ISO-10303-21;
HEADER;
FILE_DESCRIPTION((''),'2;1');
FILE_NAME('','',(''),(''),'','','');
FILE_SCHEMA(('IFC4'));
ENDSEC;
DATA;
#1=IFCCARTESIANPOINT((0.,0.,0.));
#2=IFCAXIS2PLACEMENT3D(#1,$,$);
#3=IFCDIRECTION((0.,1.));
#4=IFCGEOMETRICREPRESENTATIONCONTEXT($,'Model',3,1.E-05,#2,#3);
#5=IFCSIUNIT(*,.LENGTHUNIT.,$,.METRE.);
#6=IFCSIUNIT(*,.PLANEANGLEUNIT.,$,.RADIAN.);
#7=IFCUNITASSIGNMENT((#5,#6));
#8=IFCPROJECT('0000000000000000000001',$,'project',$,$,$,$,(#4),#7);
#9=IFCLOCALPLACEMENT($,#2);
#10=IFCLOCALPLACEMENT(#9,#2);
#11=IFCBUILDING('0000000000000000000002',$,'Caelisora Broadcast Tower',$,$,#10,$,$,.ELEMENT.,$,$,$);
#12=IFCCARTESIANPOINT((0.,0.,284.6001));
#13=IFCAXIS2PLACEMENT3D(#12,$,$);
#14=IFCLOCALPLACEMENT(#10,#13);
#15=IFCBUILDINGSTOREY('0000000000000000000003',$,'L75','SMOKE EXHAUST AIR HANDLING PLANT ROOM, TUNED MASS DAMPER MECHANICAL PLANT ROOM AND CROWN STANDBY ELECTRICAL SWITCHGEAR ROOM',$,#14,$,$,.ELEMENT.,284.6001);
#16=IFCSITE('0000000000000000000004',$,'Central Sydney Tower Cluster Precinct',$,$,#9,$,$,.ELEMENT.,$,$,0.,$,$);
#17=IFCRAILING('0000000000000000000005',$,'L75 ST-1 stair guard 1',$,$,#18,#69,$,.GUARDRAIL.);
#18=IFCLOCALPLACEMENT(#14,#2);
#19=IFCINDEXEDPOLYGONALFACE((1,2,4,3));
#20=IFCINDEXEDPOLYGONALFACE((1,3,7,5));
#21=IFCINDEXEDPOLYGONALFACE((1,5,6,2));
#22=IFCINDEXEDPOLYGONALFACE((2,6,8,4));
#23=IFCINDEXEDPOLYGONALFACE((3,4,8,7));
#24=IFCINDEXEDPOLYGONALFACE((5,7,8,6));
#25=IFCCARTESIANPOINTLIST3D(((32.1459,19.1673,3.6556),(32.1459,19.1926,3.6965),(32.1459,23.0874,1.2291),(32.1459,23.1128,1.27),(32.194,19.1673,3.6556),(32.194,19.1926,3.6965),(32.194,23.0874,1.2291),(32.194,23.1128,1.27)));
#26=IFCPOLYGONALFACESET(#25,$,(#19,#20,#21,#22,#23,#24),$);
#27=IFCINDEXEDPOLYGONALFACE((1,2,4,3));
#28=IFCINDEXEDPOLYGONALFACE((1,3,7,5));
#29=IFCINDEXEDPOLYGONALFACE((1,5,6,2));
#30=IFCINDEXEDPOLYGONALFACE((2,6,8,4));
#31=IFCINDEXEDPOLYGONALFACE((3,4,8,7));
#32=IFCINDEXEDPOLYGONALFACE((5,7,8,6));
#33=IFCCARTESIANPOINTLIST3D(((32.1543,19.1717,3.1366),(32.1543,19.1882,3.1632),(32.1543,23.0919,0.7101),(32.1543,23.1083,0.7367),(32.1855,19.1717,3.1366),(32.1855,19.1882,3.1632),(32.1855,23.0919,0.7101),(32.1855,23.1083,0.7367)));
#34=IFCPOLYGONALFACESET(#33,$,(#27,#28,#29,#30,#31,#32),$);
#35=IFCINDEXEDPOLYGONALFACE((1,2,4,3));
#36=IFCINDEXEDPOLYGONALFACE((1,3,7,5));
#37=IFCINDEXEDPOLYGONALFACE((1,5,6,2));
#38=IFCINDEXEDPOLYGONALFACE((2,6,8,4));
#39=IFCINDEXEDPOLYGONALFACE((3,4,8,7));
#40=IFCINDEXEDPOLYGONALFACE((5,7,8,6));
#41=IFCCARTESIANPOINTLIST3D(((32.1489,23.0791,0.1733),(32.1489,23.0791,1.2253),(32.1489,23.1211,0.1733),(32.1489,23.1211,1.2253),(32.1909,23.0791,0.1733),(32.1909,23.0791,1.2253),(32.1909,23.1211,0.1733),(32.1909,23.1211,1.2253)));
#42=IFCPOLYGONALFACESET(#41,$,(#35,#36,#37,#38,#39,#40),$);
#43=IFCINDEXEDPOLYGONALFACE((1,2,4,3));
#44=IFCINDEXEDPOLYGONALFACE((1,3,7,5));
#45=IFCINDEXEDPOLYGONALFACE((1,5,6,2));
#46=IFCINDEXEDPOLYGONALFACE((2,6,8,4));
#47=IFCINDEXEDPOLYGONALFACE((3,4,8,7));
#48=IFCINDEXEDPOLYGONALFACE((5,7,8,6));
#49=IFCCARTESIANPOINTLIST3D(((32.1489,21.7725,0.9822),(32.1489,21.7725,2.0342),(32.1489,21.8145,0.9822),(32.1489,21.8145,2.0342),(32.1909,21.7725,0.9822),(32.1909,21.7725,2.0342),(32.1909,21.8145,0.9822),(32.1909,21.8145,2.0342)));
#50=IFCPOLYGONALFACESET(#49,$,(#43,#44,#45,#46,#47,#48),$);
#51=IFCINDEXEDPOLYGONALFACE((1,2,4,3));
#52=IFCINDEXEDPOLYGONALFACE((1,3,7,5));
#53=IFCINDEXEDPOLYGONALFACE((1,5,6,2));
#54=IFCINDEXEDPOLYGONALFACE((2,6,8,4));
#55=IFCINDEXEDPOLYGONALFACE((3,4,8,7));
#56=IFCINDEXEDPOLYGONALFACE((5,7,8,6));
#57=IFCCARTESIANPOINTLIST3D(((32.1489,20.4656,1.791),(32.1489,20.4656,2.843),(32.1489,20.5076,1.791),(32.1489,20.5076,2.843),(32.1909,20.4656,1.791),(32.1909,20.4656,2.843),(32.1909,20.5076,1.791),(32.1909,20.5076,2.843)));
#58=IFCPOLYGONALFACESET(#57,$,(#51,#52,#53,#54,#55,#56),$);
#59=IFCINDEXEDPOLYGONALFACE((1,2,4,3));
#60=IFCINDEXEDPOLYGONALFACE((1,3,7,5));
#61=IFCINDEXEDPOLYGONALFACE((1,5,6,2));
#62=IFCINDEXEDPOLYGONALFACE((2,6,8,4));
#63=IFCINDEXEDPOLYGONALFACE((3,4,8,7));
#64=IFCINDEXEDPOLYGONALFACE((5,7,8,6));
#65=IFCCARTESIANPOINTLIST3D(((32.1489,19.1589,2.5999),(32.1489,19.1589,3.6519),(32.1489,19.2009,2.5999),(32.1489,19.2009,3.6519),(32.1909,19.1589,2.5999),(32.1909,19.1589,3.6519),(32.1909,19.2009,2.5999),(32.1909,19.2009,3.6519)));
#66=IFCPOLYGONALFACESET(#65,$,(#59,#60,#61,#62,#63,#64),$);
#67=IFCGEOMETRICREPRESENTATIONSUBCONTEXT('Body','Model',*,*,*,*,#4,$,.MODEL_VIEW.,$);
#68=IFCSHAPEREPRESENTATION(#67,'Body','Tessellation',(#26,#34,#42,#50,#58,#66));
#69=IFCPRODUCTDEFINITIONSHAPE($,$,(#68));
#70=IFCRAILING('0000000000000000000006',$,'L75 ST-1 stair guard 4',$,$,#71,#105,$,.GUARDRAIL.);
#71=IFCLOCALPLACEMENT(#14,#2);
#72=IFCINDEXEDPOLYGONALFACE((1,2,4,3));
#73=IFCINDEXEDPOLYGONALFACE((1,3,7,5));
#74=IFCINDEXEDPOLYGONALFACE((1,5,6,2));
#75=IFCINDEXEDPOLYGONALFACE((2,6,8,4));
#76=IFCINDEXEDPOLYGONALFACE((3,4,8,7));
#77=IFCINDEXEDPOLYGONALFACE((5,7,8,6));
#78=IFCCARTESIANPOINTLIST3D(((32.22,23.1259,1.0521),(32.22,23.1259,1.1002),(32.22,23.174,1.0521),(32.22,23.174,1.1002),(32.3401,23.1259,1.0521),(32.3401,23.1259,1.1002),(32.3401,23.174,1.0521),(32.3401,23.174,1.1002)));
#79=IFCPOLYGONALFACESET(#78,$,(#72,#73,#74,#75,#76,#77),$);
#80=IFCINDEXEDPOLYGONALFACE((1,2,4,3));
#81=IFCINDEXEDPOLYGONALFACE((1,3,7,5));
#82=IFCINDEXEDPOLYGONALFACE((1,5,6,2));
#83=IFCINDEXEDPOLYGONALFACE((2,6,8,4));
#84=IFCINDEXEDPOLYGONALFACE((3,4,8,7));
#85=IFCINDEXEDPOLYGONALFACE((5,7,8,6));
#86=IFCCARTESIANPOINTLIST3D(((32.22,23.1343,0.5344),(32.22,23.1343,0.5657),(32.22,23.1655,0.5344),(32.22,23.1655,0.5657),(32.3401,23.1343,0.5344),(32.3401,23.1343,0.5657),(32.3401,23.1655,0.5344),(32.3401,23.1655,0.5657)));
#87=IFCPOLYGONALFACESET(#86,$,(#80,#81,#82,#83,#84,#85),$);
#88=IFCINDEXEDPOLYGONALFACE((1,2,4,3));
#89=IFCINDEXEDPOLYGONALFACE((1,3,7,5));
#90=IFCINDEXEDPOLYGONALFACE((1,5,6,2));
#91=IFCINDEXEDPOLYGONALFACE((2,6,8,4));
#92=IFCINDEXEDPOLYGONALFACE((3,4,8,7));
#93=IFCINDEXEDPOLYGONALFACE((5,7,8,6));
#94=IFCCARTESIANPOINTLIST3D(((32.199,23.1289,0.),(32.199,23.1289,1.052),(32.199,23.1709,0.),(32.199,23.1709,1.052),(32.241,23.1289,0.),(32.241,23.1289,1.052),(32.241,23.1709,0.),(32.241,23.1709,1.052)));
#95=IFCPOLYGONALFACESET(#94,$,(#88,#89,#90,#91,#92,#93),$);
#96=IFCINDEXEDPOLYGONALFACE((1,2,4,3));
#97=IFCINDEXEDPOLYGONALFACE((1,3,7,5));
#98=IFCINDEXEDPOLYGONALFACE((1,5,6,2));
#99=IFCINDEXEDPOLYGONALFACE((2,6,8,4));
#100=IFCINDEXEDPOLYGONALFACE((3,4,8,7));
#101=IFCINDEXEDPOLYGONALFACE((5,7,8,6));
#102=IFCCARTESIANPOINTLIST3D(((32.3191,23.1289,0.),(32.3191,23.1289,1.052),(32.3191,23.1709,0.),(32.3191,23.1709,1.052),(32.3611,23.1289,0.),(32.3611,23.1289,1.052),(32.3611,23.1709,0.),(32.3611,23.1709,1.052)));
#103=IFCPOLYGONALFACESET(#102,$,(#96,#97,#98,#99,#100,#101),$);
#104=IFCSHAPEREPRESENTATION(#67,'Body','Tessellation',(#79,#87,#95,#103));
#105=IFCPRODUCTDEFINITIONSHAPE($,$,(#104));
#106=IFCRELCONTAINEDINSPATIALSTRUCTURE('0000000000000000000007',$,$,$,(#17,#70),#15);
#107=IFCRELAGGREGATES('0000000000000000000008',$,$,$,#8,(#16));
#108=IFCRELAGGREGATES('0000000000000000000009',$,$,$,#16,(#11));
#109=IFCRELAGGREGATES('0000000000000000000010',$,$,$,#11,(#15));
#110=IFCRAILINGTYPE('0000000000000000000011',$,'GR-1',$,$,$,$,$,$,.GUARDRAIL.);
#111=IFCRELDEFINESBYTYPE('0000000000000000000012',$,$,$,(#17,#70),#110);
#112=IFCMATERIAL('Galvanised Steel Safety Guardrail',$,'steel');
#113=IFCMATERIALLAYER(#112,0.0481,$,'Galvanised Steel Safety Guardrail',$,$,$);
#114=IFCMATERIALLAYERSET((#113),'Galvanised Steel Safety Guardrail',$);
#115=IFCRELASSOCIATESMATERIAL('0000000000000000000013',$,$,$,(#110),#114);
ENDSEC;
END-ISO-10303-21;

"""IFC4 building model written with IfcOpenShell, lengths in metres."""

from ifc_helpers import new_model, si_unit, direction, frame, origin, origin_2d, place, context, subcontext, project, spatial, rectangle, extrude, material, layer, layer_set, type_object, element, save


model = new_model("IFC4")

# Units and contexts
model_context = context("Model", 3, precision=1e-05, world=origin(), true_north=direction((0.0, 1.0)))
body_context = subcontext(model_context, "Body", "Model", "MODEL_VIEW")
ifc_project = project(units=[si_unit("LENGTHUNIT", "METRE"), si_unit("PLANEANGLEUNIT", "RADIAN")], contexts=[model_context])

# Site, building, storey
site_placement = place(None, origin())
site = spatial("IfcSite", under=ifc_project, at=site_placement, Name="Central Sydney Tower Cluster Precinct", CompositionType="ELEMENT", RefElevation=0.0)
building_placement = place(site_placement, origin())
building = spatial("IfcBuilding", under=site, at=building_placement, Name="Caelisora Broadcast Tower", CompositionType="ELEMENT")
storey_placement = place(building_placement, frame((0.0, 0.0, 284.6001)))
storey = spatial("IfcBuildingStorey", under=building, at=storey_placement, Name="L75", Description="SMOKE EXHAUST AIR HANDLING PLANT ROOM, TUNED MASS DAMPER MECHANICAL PLANT ROOM AND CROWN STANDBY ELECTRICAL SWITCHGEAR ROOM", CompositionType="ELEMENT", Elevation=284.6001)

# Railings
ifc_material_1 = material(Name="Galvanised Steel Safety Guardrail", Category="steel")
ifc_layer_1 = layer(ifc_material_1, 0.0481, Name="Galvanised Steel Safety Guardrail")
ifc_layer_set_1 = layer_set([ifc_layer_1], Name="Galvanised Steel Safety Guardrail")
railing_type = type_object("IfcRailingType", Name="GR-1", PredefinedType="GUARDRAIL", material=ifc_layer_set_1)
railing_1_placement = place(storey_placement, frame((32.1699, 23.1001, 0.1733)))
element("IfcRailing", 1, at=railing_1_placement, inside=storey, type_object=railing_type, Name="L75 ST-1 stair guard 1", PredefinedType="GUARDRAIL", context=body_context, shape_type="SweptSolid", body=[
    extrude(rectangle(XDim=0.0481, YDim=0.0481, at=origin_2d()), frame((0.0, 0.0, 1.0762), z_axis=(0.0, -0.85029, 0.526315), x_axis=(1.0, 0.0, 0.0)), (0.0, 0.0, 1.0), 4.6104),
    extrude(rectangle(XDim=0.0312, YDim=0.0312, at=origin_2d()), frame((0.0, 0.0, 0.55), z_axis=(0.0, -0.85029, 0.526315), x_axis=(1.0, 0.0, 0.0)), (0.0, 0.0, 1.0), 4.6104),
    extrude(rectangle(XDim=0.042, YDim=0.042, at=origin_2d()), origin(), (0.0, 0.0, 1.0), 1.052),
    extrude(rectangle(XDim=0.042, YDim=0.042, at=origin_2d()), frame((0.0, -1.3066, 0.8088)), (0.0, 0.0, 1.0), 1.052),
    extrude(rectangle(XDim=0.042, YDim=0.042, at=origin_2d()), frame((0.0, -2.6135, 1.6177)), (0.0, 0.0, 1.0), 1.052),
    extrude(rectangle(XDim=0.042, YDim=0.042, at=origin_2d()), frame((0.0, -3.9202, 2.4265)), (0.0, 0.0, 1.0), 1.052),
])
railing_2_placement = place(storey_placement, frame((32.22, 23.1499, 0.0)))
element("IfcRailing", 2, at=railing_2_placement, inside=storey, type_object=railing_type, Name="L75 ST-1 stair guard 4", PredefinedType="GUARDRAIL", context=body_context, shape_type="SweptSolid", body=[
    extrude(rectangle(XDim=0.0481, YDim=0.0481, at=origin_2d()), frame((0.0, 0.0, 1.0762), z_axis=(1.0, 0.0, 0.0), x_axis=(0.0, 1.0, 0.0)), (0.0, 0.0, 1.0), 0.1201),
    extrude(rectangle(XDim=0.0312, YDim=0.0312, at=origin_2d()), frame((0.0, 0.0, 0.55), z_axis=(1.0, 0.0, 0.0), x_axis=(0.0, 1.0, 0.0)), (0.0, 0.0, 1.0), 0.1201),
    extrude(rectangle(XDim=0.042, YDim=0.042, at=origin_2d()), origin(), (0.0, 0.0, 1.0), 1.052),
    extrude(rectangle(XDim=0.042, YDim=0.042, at=origin_2d()), frame((0.1201, 0.0, 0.0)), (0.0, 0.0, 1.0), 1.052),
])

save(model, "model.ifc")
